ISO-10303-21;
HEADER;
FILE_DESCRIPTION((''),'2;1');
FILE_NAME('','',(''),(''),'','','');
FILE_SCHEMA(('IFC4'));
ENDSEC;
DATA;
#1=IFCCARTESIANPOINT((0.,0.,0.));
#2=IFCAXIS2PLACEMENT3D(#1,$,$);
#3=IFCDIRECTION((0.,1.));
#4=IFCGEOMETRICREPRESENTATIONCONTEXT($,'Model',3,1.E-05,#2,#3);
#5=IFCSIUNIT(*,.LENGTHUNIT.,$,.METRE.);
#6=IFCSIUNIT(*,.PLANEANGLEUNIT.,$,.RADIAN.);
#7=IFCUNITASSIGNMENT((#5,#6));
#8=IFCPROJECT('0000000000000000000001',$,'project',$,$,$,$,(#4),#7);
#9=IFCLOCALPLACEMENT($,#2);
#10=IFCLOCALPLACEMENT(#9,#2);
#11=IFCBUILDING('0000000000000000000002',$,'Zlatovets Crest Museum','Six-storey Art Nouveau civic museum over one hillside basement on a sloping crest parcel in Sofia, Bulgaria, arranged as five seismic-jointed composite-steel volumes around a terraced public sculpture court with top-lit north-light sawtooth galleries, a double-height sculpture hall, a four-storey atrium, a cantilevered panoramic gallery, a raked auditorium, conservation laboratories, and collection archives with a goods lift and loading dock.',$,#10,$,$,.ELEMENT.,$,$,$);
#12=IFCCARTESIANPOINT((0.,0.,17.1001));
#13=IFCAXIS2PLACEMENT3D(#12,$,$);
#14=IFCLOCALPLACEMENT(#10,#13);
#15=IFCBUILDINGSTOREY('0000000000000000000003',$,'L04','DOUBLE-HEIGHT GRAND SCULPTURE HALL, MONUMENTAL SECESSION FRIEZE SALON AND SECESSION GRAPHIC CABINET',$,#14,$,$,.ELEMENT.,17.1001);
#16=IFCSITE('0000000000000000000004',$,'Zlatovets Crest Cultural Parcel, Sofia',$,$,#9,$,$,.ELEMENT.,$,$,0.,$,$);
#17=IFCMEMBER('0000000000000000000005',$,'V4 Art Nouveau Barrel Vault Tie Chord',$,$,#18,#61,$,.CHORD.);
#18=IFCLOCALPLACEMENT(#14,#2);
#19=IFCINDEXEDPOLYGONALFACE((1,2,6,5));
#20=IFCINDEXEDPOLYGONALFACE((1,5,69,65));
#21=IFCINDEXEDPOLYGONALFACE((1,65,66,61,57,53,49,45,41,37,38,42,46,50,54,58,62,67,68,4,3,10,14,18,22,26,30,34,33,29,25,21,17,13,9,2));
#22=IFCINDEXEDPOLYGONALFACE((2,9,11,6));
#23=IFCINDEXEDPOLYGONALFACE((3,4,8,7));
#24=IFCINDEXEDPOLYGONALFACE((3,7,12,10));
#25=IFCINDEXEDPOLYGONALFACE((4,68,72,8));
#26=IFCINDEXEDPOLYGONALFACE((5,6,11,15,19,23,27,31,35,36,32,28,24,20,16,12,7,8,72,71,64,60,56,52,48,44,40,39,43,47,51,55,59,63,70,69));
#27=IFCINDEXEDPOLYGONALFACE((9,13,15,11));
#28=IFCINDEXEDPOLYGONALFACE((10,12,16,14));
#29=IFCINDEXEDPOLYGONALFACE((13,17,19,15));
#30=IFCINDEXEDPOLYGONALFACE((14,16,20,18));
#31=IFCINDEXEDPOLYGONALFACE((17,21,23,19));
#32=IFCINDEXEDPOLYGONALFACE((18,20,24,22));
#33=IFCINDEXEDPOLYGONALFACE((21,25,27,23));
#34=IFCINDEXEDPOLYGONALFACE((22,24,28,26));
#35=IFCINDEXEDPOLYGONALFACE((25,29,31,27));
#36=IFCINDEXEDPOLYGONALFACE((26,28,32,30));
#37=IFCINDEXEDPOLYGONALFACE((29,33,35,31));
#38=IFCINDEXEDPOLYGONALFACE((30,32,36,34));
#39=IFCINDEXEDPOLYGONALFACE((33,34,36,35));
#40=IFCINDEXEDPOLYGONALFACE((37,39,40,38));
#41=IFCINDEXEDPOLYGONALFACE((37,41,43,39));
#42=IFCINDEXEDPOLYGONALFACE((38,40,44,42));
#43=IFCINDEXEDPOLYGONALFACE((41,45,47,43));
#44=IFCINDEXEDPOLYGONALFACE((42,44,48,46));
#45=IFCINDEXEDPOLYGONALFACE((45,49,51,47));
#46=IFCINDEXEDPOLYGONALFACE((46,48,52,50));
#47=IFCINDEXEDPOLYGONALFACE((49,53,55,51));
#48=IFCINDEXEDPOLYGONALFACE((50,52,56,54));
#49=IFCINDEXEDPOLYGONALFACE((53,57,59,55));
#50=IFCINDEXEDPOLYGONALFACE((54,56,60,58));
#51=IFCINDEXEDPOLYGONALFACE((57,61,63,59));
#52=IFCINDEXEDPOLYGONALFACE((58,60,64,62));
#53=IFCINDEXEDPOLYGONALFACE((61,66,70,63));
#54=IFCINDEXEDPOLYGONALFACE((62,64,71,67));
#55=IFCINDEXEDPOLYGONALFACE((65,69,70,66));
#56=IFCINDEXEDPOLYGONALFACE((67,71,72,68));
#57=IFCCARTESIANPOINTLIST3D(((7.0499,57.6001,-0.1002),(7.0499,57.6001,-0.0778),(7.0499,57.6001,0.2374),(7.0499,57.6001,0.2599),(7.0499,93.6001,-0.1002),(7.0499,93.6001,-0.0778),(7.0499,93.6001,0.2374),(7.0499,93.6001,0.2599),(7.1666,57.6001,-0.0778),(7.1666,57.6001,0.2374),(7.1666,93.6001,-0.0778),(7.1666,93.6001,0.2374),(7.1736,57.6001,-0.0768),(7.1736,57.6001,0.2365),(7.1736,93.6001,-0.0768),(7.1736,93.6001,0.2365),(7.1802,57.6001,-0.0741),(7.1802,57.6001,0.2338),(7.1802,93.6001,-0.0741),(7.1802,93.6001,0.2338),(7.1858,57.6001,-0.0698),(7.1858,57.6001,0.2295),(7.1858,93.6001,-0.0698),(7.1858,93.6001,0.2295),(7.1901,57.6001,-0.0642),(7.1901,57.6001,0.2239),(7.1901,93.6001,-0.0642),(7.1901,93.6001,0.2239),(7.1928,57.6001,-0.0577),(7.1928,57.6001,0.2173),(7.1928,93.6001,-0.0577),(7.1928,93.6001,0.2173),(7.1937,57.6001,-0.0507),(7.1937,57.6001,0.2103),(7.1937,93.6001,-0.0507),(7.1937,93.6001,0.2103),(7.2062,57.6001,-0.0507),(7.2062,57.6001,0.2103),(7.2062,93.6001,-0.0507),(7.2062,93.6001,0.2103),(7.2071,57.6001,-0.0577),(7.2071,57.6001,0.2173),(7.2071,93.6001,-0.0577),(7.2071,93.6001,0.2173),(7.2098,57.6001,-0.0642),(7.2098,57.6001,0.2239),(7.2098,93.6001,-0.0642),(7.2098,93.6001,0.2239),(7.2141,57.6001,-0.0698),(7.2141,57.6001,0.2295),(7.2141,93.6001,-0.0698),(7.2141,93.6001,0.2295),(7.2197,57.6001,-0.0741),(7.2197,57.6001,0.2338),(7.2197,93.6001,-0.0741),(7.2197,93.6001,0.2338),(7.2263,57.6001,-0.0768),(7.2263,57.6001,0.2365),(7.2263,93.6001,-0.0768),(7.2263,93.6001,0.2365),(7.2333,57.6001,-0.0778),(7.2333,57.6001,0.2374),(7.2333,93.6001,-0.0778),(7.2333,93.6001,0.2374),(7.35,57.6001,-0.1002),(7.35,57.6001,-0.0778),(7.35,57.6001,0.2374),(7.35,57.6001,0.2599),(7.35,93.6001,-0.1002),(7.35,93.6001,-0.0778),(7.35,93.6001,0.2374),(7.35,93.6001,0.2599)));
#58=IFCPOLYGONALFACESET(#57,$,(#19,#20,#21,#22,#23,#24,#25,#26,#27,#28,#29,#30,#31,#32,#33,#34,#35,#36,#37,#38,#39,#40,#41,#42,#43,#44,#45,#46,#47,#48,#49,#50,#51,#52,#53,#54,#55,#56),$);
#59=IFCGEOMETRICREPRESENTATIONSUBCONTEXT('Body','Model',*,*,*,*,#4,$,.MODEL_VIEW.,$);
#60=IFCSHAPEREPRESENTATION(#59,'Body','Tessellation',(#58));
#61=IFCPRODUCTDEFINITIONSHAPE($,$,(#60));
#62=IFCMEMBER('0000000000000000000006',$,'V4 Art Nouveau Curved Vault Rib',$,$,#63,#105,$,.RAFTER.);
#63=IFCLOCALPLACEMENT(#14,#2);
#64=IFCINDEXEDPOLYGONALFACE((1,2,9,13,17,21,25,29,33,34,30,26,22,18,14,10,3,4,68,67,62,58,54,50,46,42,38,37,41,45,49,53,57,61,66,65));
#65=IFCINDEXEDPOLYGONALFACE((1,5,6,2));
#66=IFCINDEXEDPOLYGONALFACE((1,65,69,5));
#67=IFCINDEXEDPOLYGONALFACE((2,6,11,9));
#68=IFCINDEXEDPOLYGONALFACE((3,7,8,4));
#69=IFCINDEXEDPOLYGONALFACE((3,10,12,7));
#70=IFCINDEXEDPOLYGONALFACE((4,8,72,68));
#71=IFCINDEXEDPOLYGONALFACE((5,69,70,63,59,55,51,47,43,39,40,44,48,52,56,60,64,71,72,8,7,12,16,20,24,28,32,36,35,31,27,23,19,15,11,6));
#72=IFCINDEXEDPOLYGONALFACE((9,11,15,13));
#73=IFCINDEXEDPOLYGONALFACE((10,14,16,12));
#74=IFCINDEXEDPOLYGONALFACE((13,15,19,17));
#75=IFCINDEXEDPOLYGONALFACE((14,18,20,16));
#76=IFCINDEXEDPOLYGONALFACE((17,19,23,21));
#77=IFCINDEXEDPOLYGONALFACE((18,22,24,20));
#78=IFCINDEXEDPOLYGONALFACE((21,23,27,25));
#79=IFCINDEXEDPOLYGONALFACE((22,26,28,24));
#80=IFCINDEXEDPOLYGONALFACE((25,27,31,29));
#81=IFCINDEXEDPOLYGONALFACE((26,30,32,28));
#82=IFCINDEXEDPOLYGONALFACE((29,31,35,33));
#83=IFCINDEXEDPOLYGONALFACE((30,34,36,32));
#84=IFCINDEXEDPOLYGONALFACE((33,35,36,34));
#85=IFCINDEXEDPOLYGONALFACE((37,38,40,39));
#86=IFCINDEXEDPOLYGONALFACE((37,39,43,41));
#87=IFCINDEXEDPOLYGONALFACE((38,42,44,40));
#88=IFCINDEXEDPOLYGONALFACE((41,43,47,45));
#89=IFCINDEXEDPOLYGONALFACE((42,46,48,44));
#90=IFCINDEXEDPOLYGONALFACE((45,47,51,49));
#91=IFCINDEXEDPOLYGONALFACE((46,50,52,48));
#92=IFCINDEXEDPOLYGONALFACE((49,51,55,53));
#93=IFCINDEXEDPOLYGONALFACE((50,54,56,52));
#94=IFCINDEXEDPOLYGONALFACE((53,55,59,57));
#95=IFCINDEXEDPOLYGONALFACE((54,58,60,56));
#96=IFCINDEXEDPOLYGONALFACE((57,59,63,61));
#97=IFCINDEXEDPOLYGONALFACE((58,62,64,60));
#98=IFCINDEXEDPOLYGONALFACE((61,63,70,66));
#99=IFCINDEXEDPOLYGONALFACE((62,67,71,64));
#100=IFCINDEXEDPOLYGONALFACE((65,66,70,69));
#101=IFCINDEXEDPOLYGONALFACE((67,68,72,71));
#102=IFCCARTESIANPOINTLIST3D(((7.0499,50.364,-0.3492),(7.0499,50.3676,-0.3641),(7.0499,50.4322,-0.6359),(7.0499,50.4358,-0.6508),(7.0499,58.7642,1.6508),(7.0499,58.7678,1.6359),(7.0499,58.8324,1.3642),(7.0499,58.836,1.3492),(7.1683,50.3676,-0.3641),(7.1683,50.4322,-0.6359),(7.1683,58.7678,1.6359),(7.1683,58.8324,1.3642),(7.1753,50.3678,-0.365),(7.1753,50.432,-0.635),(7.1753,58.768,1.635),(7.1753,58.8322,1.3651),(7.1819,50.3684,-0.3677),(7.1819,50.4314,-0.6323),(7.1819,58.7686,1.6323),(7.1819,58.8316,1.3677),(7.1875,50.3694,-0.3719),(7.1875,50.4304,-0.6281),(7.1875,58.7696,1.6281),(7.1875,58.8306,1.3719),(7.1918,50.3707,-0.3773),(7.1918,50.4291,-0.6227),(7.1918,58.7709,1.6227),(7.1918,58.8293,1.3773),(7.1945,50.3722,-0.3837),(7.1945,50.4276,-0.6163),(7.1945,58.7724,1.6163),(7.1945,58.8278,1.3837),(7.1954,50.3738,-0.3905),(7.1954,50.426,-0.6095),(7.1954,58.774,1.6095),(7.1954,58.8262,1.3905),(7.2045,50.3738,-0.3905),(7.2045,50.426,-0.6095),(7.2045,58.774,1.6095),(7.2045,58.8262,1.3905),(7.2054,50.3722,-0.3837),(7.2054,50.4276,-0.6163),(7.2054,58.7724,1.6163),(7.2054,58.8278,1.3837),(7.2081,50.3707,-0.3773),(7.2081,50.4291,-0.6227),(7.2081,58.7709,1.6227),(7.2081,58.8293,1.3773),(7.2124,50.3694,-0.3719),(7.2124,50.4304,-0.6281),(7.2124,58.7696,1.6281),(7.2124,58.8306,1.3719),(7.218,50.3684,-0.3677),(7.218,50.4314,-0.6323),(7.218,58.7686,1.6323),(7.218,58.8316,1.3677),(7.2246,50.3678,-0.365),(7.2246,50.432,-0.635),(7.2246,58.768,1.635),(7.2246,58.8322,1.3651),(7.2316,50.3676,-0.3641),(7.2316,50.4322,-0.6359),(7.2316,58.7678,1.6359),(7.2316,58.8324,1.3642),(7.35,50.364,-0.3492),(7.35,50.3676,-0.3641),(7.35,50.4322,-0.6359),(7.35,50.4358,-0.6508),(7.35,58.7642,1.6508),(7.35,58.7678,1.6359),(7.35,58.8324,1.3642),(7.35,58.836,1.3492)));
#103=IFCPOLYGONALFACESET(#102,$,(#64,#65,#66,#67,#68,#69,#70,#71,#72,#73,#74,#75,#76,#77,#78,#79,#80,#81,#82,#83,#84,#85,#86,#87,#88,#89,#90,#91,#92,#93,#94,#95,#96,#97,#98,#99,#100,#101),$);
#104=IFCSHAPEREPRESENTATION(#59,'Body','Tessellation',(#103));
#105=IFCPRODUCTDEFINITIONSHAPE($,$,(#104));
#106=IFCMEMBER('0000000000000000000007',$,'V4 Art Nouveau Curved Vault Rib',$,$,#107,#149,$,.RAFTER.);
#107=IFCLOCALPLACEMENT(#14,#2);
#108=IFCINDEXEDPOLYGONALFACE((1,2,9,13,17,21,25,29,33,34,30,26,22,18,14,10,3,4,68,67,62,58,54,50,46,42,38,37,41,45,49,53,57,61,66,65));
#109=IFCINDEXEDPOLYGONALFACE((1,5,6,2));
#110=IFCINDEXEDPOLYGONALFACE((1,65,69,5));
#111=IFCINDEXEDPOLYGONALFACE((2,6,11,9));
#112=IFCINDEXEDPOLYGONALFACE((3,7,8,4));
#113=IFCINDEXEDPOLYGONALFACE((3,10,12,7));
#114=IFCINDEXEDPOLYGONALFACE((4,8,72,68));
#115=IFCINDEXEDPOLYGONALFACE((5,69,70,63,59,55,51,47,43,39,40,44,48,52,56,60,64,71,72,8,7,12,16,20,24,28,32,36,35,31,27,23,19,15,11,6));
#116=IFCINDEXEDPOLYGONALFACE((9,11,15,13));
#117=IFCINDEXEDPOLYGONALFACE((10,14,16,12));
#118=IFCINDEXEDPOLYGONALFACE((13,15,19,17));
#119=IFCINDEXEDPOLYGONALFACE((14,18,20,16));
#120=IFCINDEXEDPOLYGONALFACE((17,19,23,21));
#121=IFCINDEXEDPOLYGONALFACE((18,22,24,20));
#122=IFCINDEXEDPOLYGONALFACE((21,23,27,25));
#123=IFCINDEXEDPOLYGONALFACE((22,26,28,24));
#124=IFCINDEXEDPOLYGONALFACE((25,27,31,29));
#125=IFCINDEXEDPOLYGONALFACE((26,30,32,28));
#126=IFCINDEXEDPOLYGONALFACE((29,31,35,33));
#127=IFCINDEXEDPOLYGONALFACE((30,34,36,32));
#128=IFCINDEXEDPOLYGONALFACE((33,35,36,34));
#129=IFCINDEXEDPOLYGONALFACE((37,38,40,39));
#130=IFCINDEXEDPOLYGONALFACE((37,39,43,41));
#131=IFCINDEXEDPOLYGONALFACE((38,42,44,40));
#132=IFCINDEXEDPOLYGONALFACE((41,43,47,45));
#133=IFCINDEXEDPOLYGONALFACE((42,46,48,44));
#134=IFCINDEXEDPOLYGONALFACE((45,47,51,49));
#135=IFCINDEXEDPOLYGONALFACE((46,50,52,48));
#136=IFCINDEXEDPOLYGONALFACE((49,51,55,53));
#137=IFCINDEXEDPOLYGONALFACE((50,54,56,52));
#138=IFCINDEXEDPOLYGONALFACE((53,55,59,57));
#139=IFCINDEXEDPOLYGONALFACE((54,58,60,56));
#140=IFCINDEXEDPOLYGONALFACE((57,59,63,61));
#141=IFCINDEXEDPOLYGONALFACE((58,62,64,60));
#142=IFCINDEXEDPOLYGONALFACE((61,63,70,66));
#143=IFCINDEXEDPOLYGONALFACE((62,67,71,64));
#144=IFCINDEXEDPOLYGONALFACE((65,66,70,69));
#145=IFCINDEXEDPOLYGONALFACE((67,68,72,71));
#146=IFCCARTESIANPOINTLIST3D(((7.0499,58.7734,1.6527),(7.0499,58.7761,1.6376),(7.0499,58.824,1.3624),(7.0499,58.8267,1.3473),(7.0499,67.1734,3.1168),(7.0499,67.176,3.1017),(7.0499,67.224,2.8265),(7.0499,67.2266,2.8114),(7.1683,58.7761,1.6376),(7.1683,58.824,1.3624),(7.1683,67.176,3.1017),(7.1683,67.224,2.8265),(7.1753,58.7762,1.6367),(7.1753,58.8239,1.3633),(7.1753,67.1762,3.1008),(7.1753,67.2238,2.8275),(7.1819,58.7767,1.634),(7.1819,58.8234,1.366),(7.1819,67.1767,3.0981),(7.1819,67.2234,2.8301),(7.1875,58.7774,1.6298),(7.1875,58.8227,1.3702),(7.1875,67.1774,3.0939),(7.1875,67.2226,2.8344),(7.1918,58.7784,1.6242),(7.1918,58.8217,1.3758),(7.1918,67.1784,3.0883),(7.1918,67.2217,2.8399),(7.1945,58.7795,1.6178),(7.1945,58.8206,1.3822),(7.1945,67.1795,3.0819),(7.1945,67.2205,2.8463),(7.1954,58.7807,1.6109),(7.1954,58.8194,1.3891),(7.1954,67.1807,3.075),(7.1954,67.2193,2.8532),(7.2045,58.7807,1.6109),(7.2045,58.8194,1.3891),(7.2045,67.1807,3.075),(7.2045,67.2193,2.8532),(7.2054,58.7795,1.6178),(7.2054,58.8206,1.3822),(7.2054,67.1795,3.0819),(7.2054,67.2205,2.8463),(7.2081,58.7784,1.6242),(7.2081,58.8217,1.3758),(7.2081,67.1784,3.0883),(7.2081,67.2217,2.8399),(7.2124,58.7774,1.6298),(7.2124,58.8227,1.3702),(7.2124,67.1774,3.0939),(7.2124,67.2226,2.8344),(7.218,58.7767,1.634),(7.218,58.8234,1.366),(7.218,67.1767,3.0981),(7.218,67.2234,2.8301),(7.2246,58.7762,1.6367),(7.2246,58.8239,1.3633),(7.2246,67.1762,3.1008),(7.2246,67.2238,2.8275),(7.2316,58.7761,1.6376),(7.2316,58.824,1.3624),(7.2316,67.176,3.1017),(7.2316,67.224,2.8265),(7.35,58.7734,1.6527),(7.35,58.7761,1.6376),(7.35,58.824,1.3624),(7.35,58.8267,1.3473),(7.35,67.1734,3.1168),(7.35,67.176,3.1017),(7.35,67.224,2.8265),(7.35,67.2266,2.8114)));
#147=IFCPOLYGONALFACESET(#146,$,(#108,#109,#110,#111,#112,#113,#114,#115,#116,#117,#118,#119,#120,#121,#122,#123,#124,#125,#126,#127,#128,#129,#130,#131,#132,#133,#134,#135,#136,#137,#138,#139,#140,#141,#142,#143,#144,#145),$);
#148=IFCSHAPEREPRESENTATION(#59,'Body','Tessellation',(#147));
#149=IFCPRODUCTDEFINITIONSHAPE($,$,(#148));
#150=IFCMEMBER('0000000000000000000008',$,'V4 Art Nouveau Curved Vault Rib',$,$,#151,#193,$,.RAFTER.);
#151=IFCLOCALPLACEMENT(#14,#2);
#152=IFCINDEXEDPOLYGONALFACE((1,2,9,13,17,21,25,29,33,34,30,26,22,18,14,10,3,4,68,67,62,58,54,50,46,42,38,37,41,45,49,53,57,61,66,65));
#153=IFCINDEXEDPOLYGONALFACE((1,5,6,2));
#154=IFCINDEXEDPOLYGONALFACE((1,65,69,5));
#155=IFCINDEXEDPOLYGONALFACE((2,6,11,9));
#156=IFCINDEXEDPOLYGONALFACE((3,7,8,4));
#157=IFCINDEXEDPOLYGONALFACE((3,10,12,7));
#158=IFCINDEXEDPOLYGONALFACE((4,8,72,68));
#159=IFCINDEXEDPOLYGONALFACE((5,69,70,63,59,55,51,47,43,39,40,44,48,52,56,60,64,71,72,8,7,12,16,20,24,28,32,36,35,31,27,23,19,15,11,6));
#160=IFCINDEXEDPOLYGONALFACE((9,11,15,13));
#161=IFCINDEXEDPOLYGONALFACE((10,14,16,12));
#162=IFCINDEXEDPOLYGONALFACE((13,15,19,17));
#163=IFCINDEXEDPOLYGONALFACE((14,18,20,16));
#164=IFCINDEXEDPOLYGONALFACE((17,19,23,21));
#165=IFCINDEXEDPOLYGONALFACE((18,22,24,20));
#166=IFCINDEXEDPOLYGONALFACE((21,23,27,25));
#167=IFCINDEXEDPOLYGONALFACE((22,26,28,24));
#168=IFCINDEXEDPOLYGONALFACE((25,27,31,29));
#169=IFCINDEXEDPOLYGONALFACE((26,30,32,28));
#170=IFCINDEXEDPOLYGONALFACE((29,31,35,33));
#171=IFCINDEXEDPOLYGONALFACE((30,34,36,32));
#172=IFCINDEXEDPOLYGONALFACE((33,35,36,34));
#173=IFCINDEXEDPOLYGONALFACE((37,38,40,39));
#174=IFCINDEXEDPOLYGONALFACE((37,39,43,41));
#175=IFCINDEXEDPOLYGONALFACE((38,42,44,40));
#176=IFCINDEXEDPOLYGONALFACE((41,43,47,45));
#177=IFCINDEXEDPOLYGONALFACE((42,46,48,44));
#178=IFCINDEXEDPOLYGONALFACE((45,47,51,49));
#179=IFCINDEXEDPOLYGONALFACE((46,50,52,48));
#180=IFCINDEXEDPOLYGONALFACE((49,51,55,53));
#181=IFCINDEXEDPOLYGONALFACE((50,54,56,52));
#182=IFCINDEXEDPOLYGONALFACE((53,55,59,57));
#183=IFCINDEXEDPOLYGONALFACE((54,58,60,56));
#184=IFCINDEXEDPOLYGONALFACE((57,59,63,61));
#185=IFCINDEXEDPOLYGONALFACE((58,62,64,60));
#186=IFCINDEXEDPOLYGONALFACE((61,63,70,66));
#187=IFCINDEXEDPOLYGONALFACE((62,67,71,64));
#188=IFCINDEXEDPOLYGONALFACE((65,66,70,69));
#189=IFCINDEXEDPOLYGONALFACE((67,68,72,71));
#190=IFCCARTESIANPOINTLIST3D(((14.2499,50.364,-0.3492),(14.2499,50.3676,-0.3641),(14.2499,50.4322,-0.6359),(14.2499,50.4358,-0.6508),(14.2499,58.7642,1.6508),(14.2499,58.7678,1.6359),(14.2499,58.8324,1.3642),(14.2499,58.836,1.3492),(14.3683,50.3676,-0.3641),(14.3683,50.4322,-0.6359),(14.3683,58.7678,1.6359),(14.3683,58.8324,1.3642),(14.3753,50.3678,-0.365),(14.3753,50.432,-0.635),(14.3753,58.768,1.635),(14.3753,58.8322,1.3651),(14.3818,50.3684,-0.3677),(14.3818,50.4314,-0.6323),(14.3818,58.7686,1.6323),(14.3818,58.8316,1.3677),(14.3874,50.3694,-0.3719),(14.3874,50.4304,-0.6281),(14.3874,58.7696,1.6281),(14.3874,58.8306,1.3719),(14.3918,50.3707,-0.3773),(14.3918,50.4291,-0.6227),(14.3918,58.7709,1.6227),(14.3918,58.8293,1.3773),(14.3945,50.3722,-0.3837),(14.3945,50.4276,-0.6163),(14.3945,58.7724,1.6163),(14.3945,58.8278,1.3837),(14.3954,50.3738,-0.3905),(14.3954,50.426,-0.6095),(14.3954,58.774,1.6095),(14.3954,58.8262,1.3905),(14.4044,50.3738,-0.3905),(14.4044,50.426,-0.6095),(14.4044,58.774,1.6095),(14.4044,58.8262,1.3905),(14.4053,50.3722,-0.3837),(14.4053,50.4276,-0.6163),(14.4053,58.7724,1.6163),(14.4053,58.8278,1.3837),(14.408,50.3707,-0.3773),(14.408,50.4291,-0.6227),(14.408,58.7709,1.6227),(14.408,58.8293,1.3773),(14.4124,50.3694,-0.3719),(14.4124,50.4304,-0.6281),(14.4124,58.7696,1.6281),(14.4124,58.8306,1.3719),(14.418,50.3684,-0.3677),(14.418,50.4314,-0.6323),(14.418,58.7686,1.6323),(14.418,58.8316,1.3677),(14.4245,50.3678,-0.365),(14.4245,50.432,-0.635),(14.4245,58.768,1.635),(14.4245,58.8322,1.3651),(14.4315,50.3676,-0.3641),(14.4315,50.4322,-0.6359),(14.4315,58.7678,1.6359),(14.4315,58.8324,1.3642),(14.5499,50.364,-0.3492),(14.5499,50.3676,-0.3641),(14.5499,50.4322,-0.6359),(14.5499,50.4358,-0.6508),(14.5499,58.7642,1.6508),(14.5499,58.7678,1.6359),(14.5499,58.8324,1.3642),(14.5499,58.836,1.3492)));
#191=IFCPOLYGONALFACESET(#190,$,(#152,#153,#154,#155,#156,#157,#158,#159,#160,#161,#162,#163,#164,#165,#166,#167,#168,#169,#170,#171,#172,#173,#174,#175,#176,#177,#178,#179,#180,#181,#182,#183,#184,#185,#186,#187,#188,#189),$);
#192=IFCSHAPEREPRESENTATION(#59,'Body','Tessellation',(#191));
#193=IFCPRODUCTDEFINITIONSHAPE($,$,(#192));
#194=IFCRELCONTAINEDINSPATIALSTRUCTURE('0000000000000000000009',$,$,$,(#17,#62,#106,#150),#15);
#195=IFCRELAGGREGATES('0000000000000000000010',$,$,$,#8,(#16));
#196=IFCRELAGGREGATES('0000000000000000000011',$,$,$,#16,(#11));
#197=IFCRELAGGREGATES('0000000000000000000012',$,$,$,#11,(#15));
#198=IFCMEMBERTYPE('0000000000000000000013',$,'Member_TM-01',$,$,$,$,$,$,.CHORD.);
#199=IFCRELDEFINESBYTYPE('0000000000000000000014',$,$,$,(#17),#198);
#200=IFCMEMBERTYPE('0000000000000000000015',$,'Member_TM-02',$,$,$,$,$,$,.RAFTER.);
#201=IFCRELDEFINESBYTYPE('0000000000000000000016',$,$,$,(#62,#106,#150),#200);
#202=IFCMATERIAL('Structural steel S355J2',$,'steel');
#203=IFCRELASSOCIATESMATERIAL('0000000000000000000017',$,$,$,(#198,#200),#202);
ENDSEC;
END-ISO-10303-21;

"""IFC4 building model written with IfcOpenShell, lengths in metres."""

from ifc_helpers import new_model, si_unit, direction, frame, origin, origin_2d, place, context, subcontext, project, spatial, i_section, extrude, material, material_profile, profile_set, type_object, element, save


model = new_model("IFC4")

# Units and contexts
model_context = context("Model", 3, precision=1e-05, world=origin(), true_north=direction((0.0, 1.0)))
body_context = subcontext(model_context, "Body", "Model", "MODEL_VIEW")
ifc_project = project(units=[si_unit("LENGTHUNIT", "METRE"), si_unit("PLANEANGLEUNIT", "RADIAN")], contexts=[model_context])

# Site, building, storey
site_placement = place(None, origin())
site = spatial("IfcSite", under=ifc_project, at=site_placement, Name="Zlatovets Crest Cultural Parcel, Sofia", CompositionType="ELEMENT", RefElevation=0.0)
building_placement = place(site_placement, origin())
building = spatial("IfcBuilding", under=site, at=building_placement, Name="Zlatovets Crest Museum", Description="Six-storey Art Nouveau civic museum over one hillside basement on a sloping crest parcel in Sofia, Bulgaria, arranged as five seismic-jointed composite-steel volumes around a terraced public sculpture court with top-lit north-light sawtooth galleries, a double-height sculpture hall, a four-storey atrium, a cantilevered panoramic gallery, a raked auditorium, conservation laboratories, and collection archives with a goods lift and loading dock.", CompositionType="ELEMENT")
storey_placement = place(building_placement, frame((0.0, 0.0, 17.1001)))
storey = spatial("IfcBuildingStorey", under=building, at=storey_placement, Name="L04", Description="DOUBLE-HEIGHT GRAND SCULPTURE HALL, MONUMENTAL SECESSION FRIEZE SALON AND SECESSION GRAPHIC CABINET", CompositionType="ELEMENT", Elevation=17.1001)

# Shared definitions
ifc_material_1 = material(Name="Structural steel S355J2", Category="steel")

# Members
ifc_material_profile_1 = material_profile(ifc_material_1, i_section(OverallWidth=0.3, OverallDepth=0.3601, WebThickness=0.0125, FlangeThickness=0.0225, FilletRadius=0.0271, at=origin_2d()), Name="HEB 360")
ifc_profile_set_1 = profile_set([ifc_material_profile_1], Name="Structural steel S355J2")
member_type_1 = type_object("IfcMemberType", Name="Member_TM-01", PredefinedType="CHORD", material=ifc_profile_set_1)
for number, where, z_axis, x_axis, name in (
    (1, (7.2, 57.6001, 0.0798), (0.0, 1.0, 0.0), (-1.0, 0.0, 0.0), "V4 Art Nouveau Barrel Vault Tie Chord"),
):
    element("IfcMember", number, at=place(storey_placement, frame(where, z_axis=z_axis, x_axis=x_axis)), inside=storey, type_object=member_type_1, Name=name, PredefinedType="CHORD", context=body_context, shape_type="SweptSolid", body=[
        extrude(i_section(OverallWidth=0.3, OverallDepth=0.3601, WebThickness=0.0125, FlangeThickness=0.0225, FilletRadius=0.0271, at=origin_2d()), origin(), (0.0, 0.0, 1.0), 36.0),
    ])
ifc_material_profile_2 = material_profile(ifc_material_1, i_section(OverallWidth=0.3, OverallDepth=0.3101, WebThickness=0.009, FlangeThickness=0.0154, FilletRadius=0.0271, at=origin_2d()), Name="HEA 320")
ifc_profile_set_2 = profile_set([ifc_material_profile_2], Name="Structural steel S355J2")
member_type_2 = type_object("IfcMemberType", Name="Member_TM-02", PredefinedType="RAFTER", material=ifc_profile_set_2)
member_1_placement = place(storey_placement, frame((7.2, 50.3999, -0.5), z_axis=(0.0, 0.972807, 0.231617), x_axis=(-1.0, 0.0, 0.0)))
element("IfcMember", 2, at=member_1_placement, inside=storey, type_object=member_type_2, Name="V4 Art Nouveau Curved Vault Rib", PredefinedType="RAFTER", context=body_context, shape_type="SweptSolid", body=[
    extrude(i_section(OverallWidth=0.3, OverallDepth=0.3101, WebThickness=0.009, FlangeThickness=0.0154, FilletRadius=0.0271, at=origin_2d()), origin(), (0.0, 0.0, 1.0), 8.635),
])
member_2_placement = place(storey_placement, frame((7.2, 58.8, 1.5), z_axis=(0.0, 0.985147, 0.171712), x_axis=(-1.0, 0.0, 0.0)))
element("IfcMember", 3, at=member_2_placement, inside=storey, type_object=member_type_2, Name="V4 Art Nouveau Curved Vault Rib", PredefinedType="RAFTER", context=body_context, shape_type="SweptSolid", body=[
    extrude(i_section(OverallWidth=0.3, OverallDepth=0.3101, WebThickness=0.009, FlangeThickness=0.0154, FilletRadius=0.0271, at=origin_2d()), origin(), (0.0, 0.0, 1.0), 8.5266),
])
member_3_placement = place(storey_placement, frame((14.3999, 50.3999, -0.5), z_axis=(0.0, 0.972807, 0.231617), x_axis=(-1.0, 0.0, 0.0)))
element("IfcMember", 4, at=member_3_placement, inside=storey, type_object=member_type_2, Name="V4 Art Nouveau Curved Vault Rib", PredefinedType="RAFTER", context=body_context, shape_type="SweptSolid", body=[
    extrude(i_section(OverallWidth=0.3, OverallDepth=0.3101, WebThickness=0.009, FlangeThickness=0.0154, FilletRadius=0.0271, at=origin_2d()), origin(), (0.0, 0.0, 1.0), 8.635),
])

save(model, "model.ifc")
